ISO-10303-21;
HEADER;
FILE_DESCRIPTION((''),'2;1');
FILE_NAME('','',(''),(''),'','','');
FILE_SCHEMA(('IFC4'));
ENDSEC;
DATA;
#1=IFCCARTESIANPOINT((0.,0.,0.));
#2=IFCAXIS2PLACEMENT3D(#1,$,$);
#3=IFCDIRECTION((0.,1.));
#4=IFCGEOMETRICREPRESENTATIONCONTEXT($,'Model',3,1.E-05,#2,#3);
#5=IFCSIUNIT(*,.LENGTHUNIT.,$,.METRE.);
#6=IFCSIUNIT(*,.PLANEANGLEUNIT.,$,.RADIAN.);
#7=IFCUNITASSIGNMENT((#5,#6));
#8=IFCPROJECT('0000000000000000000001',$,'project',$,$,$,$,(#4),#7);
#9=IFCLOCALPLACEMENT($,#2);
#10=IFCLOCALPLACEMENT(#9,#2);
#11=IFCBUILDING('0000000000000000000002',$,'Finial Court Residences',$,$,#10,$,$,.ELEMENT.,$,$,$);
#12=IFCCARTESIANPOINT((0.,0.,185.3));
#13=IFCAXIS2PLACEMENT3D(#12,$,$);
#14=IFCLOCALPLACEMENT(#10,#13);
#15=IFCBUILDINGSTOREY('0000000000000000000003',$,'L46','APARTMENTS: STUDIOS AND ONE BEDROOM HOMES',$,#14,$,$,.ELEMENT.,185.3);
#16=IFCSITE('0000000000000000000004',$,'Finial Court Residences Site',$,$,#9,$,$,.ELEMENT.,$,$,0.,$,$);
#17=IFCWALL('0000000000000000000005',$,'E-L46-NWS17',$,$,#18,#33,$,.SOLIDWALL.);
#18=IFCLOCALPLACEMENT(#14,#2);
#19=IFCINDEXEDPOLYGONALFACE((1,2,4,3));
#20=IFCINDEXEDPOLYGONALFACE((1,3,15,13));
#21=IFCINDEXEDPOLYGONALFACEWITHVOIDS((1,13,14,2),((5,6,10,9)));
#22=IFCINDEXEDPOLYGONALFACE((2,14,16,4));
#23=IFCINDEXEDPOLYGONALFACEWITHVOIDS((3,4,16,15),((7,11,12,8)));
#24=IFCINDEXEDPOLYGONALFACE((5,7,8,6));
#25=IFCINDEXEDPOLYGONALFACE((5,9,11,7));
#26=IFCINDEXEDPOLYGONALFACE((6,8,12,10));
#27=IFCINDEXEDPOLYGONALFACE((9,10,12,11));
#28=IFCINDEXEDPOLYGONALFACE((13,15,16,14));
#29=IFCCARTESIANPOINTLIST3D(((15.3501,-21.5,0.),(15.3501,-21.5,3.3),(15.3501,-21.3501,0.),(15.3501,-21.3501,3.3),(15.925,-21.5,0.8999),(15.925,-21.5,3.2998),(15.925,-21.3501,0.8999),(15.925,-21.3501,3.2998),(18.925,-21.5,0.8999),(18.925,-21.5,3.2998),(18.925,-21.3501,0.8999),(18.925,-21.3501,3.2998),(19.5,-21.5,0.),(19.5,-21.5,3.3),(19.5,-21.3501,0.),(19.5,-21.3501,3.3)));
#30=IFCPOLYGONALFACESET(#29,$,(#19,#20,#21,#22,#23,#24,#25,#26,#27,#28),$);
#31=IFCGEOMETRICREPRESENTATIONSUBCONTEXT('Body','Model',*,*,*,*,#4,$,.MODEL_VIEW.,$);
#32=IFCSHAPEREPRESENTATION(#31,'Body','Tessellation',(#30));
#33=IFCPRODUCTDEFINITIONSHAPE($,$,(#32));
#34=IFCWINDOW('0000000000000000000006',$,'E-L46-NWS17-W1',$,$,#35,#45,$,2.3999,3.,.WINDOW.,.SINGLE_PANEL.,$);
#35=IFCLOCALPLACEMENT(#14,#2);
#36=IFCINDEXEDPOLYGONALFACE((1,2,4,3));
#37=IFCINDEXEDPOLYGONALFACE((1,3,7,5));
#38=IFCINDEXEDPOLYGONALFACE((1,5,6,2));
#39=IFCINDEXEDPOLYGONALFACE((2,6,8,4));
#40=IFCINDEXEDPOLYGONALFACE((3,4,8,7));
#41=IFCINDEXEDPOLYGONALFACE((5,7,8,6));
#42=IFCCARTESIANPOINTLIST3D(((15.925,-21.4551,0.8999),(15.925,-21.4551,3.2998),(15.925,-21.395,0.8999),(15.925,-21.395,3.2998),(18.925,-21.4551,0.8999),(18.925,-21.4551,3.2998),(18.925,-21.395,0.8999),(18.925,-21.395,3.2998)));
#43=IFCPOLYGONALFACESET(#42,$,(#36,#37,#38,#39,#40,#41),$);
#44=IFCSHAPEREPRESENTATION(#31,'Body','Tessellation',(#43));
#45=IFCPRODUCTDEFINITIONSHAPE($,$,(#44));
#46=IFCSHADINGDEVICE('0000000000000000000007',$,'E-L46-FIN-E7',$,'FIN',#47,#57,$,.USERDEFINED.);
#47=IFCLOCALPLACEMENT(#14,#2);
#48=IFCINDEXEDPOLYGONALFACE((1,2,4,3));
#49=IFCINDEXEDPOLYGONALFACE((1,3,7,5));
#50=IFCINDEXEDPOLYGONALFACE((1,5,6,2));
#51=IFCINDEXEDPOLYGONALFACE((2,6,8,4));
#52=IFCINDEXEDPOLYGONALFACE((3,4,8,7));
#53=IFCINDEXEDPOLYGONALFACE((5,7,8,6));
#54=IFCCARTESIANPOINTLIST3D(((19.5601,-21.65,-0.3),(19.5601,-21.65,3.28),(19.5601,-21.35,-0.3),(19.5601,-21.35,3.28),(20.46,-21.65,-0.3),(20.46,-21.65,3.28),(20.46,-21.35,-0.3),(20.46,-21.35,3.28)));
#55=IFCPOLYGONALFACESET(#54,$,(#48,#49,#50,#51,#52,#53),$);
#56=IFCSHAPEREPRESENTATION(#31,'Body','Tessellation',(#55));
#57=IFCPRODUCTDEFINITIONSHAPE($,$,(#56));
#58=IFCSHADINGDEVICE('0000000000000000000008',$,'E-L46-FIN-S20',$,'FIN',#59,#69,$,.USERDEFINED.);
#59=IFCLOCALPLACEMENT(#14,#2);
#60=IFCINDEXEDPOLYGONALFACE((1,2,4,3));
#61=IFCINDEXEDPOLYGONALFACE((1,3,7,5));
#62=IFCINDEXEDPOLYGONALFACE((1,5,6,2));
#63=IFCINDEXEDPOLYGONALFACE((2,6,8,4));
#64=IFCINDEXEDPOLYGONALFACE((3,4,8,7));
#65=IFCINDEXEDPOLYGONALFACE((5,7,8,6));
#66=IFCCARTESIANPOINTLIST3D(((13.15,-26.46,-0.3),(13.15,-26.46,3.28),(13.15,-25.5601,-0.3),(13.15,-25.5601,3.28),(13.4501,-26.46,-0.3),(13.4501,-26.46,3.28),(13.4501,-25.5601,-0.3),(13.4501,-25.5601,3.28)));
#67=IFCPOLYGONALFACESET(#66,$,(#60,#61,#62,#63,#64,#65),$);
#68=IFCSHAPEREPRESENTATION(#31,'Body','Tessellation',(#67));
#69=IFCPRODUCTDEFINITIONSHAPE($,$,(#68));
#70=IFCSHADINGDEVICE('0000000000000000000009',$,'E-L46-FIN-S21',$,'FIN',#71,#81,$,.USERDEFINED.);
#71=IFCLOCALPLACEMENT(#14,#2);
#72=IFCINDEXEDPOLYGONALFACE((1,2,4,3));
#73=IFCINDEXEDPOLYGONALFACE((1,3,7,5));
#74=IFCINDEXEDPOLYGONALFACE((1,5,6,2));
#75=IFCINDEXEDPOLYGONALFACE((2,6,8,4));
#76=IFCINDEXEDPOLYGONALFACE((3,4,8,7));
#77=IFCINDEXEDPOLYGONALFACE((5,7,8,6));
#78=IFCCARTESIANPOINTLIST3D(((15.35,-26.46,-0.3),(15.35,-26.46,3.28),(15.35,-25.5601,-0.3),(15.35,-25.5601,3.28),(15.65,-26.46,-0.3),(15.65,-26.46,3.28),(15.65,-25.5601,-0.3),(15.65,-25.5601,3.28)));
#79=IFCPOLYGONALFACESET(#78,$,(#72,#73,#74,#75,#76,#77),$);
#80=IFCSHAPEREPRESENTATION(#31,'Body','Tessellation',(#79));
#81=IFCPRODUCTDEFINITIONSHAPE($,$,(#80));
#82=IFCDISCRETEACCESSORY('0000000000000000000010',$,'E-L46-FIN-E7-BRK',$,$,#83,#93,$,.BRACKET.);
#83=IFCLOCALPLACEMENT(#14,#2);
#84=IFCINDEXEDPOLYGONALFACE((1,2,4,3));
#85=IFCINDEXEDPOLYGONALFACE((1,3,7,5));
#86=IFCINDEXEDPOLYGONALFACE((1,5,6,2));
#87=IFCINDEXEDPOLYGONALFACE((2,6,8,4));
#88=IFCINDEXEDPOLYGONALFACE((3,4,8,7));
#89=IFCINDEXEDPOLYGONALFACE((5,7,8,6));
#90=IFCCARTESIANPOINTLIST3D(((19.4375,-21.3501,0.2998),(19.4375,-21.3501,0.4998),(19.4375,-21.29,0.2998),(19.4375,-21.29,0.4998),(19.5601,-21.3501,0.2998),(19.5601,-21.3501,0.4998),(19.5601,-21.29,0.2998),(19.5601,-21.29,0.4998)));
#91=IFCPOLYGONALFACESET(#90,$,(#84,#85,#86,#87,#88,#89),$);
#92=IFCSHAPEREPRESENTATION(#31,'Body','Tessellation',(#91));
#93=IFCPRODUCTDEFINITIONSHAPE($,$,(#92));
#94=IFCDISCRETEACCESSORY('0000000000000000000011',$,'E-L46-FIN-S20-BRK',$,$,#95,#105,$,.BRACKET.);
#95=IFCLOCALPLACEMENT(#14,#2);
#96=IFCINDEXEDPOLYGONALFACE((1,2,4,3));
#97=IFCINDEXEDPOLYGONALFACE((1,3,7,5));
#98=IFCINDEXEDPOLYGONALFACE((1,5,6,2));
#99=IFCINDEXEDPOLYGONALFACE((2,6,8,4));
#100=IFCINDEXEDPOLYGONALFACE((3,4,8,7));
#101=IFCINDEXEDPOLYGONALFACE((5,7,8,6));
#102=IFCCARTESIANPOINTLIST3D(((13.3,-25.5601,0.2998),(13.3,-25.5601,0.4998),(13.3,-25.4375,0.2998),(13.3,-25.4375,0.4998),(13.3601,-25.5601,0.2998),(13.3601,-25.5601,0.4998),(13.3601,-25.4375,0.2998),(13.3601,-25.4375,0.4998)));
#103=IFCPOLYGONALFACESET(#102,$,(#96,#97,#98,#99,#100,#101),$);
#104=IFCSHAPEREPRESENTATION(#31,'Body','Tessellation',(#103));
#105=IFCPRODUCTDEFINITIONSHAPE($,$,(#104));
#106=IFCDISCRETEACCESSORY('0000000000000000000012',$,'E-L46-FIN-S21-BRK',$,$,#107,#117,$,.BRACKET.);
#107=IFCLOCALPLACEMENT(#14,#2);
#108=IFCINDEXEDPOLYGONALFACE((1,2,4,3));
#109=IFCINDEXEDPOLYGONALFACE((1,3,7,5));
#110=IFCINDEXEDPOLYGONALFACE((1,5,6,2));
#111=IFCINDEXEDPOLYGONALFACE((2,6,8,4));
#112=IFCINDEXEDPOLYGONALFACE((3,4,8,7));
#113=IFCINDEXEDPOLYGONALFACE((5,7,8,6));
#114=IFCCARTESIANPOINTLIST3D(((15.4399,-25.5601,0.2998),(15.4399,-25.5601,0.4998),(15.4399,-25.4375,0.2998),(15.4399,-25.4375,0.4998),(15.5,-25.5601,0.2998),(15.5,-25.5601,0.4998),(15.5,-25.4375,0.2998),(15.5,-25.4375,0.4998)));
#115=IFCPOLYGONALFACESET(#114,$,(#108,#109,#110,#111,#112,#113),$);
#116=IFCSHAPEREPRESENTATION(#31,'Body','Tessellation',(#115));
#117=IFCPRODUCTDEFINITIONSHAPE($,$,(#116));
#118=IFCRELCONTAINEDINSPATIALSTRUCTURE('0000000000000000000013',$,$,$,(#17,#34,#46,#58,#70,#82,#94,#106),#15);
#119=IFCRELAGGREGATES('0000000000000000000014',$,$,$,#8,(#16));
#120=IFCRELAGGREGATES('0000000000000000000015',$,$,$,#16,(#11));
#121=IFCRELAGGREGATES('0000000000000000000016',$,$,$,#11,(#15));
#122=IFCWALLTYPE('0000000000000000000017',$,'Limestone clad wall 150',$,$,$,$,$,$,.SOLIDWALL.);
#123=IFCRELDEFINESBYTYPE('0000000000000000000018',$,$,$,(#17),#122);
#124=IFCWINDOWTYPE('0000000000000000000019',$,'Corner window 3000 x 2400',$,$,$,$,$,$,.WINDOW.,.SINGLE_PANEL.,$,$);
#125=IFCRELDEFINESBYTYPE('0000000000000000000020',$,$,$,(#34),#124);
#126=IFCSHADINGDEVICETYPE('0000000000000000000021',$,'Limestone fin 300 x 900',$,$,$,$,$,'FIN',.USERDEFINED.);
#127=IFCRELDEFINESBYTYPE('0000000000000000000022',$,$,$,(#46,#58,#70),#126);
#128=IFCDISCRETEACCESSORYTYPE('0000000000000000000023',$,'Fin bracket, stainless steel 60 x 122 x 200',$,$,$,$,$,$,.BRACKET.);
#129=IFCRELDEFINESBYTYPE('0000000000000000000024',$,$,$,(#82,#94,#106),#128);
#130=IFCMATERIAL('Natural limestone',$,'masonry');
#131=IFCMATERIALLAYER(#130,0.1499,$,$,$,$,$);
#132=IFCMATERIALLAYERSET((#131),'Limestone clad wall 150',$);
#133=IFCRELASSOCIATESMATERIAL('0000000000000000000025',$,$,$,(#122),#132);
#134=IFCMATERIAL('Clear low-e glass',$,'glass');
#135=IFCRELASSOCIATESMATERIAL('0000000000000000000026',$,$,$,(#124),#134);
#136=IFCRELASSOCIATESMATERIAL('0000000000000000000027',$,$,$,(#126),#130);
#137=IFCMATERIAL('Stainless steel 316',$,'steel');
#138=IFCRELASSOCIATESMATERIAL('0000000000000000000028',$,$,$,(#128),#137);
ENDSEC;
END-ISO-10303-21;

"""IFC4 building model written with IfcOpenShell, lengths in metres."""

from ifc_helpers import new_model, si_unit, direction, frame, frame_2d, origin, origin_2d, place, context, subcontext, project, spatial, rectangle, extrude, material, layer, layer_set, type_object, element, fill, save


model = new_model("IFC4")

# Units and contexts
model_context = context("Model", 3, precision=1e-05, world=origin(), true_north=direction((0.0, 1.0)))
body_context = subcontext(model_context, "Body", "Model", "MODEL_VIEW")
ifc_project = project(units=[si_unit("LENGTHUNIT", "METRE"), si_unit("PLANEANGLEUNIT", "RADIAN")], contexts=[model_context])

# Site, building, storey
site_placement = place(None, origin())
site = spatial("IfcSite", under=ifc_project, at=site_placement, Name="Finial Court Residences Site", CompositionType="ELEMENT", RefElevation=0.0)
building_placement = place(site_placement, origin())
building = spatial("IfcBuilding", under=site, at=building_placement, Name="Finial Court Residences", CompositionType="ELEMENT")
storey_placement = place(building_placement, frame((0.0, 0.0, 185.3)))
storey = spatial("IfcBuildingStorey", under=building, at=storey_placement, Name="L46", Description="APARTMENTS: STUDIOS AND ONE BEDROOM HOMES", CompositionType="ELEMENT", Elevation=185.3)

# Shared definitions
ifc_material_1 = material(Name="Clear low-e glass", Category="glass")

# Wall, opening, window
ifc_material_2 = material(Name="Natural limestone", Category="masonry")
ifc_layer_1 = layer(ifc_material_2, 0.1499)
ifc_layer_set_1 = layer_set([ifc_layer_1], Name="Limestone clad wall 150")
wall_type_1 = type_object("IfcWallType", Name="Limestone clad wall 150", PredefinedType="SOLIDWALL", material=ifc_layer_set_1)
wall_1_placement = place(storey_placement, frame((19.5, -21.425, 0.0), z_axis=(0.0, 0.0, 1.0), x_axis=(-1.0, 0.0, 0.0)))
wall_1 = element("IfcWall", 1, at=wall_1_placement, inside=storey, type_object=wall_type_1, Name="E-L46-NWS17", PredefinedType="SOLIDWALL", context=body_context, shape_type="SweptSolid", body=[
    extrude(rectangle(XDim=4.1499, YDim=0.1499, at=frame_2d((2.075, 0.0))), origin(), (0.0, 0.0, 1.0), 3.3),
])
opening_1_placement = place(wall_1_placement, frame((0.575, 0.0, 0.8999)))
opening_1 = element("IfcOpeningElement", 2, at=opening_1_placement, cuts=wall_1, PredefinedType="OPENING", context=body_context, shape_type="SweptSolid", body=[
    extrude(rectangle(XDim=3.0, YDim=2.3999, at=frame_2d((1.5, 1.2))), frame((0.0, 0.085, 0.0), z_axis=(0.0, -1.0, 0.0), x_axis=(1.0, 0.0, 0.0)), (0.0, 0.0, 1.0), 0.1699),
])
window_type_1 = type_object("IfcWindowType", Name="Corner window 3000 x 2400", PartitioningType="SINGLE_PANEL", PredefinedType="WINDOW", material=ifc_material_1)
window_1_placement = place(opening_1_placement, origin())
window_1 = element("IfcWindow", 3, at=window_1_placement, inside=storey, type_object=window_type_1, Name="E-L46-NWS17-W1", OverallHeight=2.3999, OverallWidth=3.0, PartitioningType="SINGLE_PANEL", PredefinedType="WINDOW", context=body_context, shape_type="SweptSolid", body=[
    extrude(rectangle(XDim=3.0, YDim=2.3999, at=frame_2d((1.5, 1.2))), frame((0.0, 0.03, 0.0), z_axis=(0.0, -1.0, 0.0), x_axis=(1.0, 0.0, 0.0)), (0.0, 0.0, 1.0), 0.0601),
])
fill(opening_1, window_1)

# Shading devices
shading_device_type = type_object("IfcShadingDeviceType", Name="Limestone fin 300 x 900", ElementType="FIN", PredefinedType="USERDEFINED", material=ifc_material_2)
shading_device_placement = place(storey_placement, frame((20.01, -21.5, -0.3), z_axis=(0.0, 0.0, 1.0), x_axis=(1.0, 0.0, 0.0)))
element("IfcShadingDevice", 4, at=shading_device_placement, inside=storey, type_object=shading_device_type, Name="E-L46-FIN-E7", ObjectType="FIN", PredefinedType="USERDEFINED", context=body_context, shape_type="SweptSolid", body=[
    extrude(rectangle(XDim=0.8999, YDim=0.3, at=origin_2d()), origin(), (0.0, 0.0, 1.0), 3.5801),
])
for number, where, z_axis, x_axis, name in (
    (5, (13.3, -26.01, -0.3), (0.0, 0.0, 1.0), (1.0, 0.0, 0.0), "E-L46-FIN-S20"),
    (6, (15.5, -26.01, -0.3), (0.0, 0.0, 1.0), (1.0, 0.0, 0.0), "E-L46-FIN-S21"),
):
    element("IfcShadingDevice", number, at=place(storey_placement, frame(where, z_axis=z_axis, x_axis=x_axis)), inside=storey, type_object=shading_device_type, Name=name, ObjectType="FIN", PredefinedType="USERDEFINED", context=body_context, shape_type="SweptSolid", body=[
        extrude(rectangle(XDim=0.3, YDim=0.8999, at=origin_2d()), origin(), (0.0, 0.0, 1.0), 3.5801),
    ])

# Discrete accessories
ifc_material_3 = material(Name="Stainless steel 316", Category="steel")
discrete_accessory_type = type_object("IfcDiscreteAccessoryType", Name="Fin bracket, stainless steel 60 x 122 x 200", PredefinedType="BRACKET", material=ifc_material_3)
discrete_accessory_placement = place(storey_placement, frame((19.4988, -21.3201, 0.2998), z_axis=(0.0, 0.0, 1.0), x_axis=(1.0, 0.0, 0.0)))
element("IfcDiscreteAccessory", 7, at=discrete_accessory_placement, inside=storey, type_object=discrete_accessory_type, Name="E-L46-FIN-E7-BRK", PredefinedType="BRACKET", context=body_context, shape_type="SweptSolid", body=[
    extrude(rectangle(XDim=0.1226, YDim=0.0601, at=origin_2d()), origin(), (0.0, 0.0, 1.0), 0.2),
])
for number, where, z_axis, x_axis, name in (
    (8, (13.3301, -25.4988, 0.2998), (0.0, 0.0, 1.0), (1.0, 0.0, 0.0), "E-L46-FIN-S20-BRK"),
    (9, (15.47, -25.4988, 0.2998), (0.0, 0.0, 1.0), (1.0, 0.0, 0.0), "E-L46-FIN-S21-BRK"),
):
    element("IfcDiscreteAccessory", number, at=place(storey_placement, frame(where, z_axis=z_axis, x_axis=x_axis)), inside=storey, type_object=discrete_accessory_type, Name=name, PredefinedType="BRACKET", context=body_context, shape_type="SweptSolid", body=[
        extrude(rectangle(XDim=0.0601, YDim=0.1226, at=origin_2d()), origin(), (0.0, 0.0, 1.0), 0.2),
    ])

save(model, "model.ifc")
